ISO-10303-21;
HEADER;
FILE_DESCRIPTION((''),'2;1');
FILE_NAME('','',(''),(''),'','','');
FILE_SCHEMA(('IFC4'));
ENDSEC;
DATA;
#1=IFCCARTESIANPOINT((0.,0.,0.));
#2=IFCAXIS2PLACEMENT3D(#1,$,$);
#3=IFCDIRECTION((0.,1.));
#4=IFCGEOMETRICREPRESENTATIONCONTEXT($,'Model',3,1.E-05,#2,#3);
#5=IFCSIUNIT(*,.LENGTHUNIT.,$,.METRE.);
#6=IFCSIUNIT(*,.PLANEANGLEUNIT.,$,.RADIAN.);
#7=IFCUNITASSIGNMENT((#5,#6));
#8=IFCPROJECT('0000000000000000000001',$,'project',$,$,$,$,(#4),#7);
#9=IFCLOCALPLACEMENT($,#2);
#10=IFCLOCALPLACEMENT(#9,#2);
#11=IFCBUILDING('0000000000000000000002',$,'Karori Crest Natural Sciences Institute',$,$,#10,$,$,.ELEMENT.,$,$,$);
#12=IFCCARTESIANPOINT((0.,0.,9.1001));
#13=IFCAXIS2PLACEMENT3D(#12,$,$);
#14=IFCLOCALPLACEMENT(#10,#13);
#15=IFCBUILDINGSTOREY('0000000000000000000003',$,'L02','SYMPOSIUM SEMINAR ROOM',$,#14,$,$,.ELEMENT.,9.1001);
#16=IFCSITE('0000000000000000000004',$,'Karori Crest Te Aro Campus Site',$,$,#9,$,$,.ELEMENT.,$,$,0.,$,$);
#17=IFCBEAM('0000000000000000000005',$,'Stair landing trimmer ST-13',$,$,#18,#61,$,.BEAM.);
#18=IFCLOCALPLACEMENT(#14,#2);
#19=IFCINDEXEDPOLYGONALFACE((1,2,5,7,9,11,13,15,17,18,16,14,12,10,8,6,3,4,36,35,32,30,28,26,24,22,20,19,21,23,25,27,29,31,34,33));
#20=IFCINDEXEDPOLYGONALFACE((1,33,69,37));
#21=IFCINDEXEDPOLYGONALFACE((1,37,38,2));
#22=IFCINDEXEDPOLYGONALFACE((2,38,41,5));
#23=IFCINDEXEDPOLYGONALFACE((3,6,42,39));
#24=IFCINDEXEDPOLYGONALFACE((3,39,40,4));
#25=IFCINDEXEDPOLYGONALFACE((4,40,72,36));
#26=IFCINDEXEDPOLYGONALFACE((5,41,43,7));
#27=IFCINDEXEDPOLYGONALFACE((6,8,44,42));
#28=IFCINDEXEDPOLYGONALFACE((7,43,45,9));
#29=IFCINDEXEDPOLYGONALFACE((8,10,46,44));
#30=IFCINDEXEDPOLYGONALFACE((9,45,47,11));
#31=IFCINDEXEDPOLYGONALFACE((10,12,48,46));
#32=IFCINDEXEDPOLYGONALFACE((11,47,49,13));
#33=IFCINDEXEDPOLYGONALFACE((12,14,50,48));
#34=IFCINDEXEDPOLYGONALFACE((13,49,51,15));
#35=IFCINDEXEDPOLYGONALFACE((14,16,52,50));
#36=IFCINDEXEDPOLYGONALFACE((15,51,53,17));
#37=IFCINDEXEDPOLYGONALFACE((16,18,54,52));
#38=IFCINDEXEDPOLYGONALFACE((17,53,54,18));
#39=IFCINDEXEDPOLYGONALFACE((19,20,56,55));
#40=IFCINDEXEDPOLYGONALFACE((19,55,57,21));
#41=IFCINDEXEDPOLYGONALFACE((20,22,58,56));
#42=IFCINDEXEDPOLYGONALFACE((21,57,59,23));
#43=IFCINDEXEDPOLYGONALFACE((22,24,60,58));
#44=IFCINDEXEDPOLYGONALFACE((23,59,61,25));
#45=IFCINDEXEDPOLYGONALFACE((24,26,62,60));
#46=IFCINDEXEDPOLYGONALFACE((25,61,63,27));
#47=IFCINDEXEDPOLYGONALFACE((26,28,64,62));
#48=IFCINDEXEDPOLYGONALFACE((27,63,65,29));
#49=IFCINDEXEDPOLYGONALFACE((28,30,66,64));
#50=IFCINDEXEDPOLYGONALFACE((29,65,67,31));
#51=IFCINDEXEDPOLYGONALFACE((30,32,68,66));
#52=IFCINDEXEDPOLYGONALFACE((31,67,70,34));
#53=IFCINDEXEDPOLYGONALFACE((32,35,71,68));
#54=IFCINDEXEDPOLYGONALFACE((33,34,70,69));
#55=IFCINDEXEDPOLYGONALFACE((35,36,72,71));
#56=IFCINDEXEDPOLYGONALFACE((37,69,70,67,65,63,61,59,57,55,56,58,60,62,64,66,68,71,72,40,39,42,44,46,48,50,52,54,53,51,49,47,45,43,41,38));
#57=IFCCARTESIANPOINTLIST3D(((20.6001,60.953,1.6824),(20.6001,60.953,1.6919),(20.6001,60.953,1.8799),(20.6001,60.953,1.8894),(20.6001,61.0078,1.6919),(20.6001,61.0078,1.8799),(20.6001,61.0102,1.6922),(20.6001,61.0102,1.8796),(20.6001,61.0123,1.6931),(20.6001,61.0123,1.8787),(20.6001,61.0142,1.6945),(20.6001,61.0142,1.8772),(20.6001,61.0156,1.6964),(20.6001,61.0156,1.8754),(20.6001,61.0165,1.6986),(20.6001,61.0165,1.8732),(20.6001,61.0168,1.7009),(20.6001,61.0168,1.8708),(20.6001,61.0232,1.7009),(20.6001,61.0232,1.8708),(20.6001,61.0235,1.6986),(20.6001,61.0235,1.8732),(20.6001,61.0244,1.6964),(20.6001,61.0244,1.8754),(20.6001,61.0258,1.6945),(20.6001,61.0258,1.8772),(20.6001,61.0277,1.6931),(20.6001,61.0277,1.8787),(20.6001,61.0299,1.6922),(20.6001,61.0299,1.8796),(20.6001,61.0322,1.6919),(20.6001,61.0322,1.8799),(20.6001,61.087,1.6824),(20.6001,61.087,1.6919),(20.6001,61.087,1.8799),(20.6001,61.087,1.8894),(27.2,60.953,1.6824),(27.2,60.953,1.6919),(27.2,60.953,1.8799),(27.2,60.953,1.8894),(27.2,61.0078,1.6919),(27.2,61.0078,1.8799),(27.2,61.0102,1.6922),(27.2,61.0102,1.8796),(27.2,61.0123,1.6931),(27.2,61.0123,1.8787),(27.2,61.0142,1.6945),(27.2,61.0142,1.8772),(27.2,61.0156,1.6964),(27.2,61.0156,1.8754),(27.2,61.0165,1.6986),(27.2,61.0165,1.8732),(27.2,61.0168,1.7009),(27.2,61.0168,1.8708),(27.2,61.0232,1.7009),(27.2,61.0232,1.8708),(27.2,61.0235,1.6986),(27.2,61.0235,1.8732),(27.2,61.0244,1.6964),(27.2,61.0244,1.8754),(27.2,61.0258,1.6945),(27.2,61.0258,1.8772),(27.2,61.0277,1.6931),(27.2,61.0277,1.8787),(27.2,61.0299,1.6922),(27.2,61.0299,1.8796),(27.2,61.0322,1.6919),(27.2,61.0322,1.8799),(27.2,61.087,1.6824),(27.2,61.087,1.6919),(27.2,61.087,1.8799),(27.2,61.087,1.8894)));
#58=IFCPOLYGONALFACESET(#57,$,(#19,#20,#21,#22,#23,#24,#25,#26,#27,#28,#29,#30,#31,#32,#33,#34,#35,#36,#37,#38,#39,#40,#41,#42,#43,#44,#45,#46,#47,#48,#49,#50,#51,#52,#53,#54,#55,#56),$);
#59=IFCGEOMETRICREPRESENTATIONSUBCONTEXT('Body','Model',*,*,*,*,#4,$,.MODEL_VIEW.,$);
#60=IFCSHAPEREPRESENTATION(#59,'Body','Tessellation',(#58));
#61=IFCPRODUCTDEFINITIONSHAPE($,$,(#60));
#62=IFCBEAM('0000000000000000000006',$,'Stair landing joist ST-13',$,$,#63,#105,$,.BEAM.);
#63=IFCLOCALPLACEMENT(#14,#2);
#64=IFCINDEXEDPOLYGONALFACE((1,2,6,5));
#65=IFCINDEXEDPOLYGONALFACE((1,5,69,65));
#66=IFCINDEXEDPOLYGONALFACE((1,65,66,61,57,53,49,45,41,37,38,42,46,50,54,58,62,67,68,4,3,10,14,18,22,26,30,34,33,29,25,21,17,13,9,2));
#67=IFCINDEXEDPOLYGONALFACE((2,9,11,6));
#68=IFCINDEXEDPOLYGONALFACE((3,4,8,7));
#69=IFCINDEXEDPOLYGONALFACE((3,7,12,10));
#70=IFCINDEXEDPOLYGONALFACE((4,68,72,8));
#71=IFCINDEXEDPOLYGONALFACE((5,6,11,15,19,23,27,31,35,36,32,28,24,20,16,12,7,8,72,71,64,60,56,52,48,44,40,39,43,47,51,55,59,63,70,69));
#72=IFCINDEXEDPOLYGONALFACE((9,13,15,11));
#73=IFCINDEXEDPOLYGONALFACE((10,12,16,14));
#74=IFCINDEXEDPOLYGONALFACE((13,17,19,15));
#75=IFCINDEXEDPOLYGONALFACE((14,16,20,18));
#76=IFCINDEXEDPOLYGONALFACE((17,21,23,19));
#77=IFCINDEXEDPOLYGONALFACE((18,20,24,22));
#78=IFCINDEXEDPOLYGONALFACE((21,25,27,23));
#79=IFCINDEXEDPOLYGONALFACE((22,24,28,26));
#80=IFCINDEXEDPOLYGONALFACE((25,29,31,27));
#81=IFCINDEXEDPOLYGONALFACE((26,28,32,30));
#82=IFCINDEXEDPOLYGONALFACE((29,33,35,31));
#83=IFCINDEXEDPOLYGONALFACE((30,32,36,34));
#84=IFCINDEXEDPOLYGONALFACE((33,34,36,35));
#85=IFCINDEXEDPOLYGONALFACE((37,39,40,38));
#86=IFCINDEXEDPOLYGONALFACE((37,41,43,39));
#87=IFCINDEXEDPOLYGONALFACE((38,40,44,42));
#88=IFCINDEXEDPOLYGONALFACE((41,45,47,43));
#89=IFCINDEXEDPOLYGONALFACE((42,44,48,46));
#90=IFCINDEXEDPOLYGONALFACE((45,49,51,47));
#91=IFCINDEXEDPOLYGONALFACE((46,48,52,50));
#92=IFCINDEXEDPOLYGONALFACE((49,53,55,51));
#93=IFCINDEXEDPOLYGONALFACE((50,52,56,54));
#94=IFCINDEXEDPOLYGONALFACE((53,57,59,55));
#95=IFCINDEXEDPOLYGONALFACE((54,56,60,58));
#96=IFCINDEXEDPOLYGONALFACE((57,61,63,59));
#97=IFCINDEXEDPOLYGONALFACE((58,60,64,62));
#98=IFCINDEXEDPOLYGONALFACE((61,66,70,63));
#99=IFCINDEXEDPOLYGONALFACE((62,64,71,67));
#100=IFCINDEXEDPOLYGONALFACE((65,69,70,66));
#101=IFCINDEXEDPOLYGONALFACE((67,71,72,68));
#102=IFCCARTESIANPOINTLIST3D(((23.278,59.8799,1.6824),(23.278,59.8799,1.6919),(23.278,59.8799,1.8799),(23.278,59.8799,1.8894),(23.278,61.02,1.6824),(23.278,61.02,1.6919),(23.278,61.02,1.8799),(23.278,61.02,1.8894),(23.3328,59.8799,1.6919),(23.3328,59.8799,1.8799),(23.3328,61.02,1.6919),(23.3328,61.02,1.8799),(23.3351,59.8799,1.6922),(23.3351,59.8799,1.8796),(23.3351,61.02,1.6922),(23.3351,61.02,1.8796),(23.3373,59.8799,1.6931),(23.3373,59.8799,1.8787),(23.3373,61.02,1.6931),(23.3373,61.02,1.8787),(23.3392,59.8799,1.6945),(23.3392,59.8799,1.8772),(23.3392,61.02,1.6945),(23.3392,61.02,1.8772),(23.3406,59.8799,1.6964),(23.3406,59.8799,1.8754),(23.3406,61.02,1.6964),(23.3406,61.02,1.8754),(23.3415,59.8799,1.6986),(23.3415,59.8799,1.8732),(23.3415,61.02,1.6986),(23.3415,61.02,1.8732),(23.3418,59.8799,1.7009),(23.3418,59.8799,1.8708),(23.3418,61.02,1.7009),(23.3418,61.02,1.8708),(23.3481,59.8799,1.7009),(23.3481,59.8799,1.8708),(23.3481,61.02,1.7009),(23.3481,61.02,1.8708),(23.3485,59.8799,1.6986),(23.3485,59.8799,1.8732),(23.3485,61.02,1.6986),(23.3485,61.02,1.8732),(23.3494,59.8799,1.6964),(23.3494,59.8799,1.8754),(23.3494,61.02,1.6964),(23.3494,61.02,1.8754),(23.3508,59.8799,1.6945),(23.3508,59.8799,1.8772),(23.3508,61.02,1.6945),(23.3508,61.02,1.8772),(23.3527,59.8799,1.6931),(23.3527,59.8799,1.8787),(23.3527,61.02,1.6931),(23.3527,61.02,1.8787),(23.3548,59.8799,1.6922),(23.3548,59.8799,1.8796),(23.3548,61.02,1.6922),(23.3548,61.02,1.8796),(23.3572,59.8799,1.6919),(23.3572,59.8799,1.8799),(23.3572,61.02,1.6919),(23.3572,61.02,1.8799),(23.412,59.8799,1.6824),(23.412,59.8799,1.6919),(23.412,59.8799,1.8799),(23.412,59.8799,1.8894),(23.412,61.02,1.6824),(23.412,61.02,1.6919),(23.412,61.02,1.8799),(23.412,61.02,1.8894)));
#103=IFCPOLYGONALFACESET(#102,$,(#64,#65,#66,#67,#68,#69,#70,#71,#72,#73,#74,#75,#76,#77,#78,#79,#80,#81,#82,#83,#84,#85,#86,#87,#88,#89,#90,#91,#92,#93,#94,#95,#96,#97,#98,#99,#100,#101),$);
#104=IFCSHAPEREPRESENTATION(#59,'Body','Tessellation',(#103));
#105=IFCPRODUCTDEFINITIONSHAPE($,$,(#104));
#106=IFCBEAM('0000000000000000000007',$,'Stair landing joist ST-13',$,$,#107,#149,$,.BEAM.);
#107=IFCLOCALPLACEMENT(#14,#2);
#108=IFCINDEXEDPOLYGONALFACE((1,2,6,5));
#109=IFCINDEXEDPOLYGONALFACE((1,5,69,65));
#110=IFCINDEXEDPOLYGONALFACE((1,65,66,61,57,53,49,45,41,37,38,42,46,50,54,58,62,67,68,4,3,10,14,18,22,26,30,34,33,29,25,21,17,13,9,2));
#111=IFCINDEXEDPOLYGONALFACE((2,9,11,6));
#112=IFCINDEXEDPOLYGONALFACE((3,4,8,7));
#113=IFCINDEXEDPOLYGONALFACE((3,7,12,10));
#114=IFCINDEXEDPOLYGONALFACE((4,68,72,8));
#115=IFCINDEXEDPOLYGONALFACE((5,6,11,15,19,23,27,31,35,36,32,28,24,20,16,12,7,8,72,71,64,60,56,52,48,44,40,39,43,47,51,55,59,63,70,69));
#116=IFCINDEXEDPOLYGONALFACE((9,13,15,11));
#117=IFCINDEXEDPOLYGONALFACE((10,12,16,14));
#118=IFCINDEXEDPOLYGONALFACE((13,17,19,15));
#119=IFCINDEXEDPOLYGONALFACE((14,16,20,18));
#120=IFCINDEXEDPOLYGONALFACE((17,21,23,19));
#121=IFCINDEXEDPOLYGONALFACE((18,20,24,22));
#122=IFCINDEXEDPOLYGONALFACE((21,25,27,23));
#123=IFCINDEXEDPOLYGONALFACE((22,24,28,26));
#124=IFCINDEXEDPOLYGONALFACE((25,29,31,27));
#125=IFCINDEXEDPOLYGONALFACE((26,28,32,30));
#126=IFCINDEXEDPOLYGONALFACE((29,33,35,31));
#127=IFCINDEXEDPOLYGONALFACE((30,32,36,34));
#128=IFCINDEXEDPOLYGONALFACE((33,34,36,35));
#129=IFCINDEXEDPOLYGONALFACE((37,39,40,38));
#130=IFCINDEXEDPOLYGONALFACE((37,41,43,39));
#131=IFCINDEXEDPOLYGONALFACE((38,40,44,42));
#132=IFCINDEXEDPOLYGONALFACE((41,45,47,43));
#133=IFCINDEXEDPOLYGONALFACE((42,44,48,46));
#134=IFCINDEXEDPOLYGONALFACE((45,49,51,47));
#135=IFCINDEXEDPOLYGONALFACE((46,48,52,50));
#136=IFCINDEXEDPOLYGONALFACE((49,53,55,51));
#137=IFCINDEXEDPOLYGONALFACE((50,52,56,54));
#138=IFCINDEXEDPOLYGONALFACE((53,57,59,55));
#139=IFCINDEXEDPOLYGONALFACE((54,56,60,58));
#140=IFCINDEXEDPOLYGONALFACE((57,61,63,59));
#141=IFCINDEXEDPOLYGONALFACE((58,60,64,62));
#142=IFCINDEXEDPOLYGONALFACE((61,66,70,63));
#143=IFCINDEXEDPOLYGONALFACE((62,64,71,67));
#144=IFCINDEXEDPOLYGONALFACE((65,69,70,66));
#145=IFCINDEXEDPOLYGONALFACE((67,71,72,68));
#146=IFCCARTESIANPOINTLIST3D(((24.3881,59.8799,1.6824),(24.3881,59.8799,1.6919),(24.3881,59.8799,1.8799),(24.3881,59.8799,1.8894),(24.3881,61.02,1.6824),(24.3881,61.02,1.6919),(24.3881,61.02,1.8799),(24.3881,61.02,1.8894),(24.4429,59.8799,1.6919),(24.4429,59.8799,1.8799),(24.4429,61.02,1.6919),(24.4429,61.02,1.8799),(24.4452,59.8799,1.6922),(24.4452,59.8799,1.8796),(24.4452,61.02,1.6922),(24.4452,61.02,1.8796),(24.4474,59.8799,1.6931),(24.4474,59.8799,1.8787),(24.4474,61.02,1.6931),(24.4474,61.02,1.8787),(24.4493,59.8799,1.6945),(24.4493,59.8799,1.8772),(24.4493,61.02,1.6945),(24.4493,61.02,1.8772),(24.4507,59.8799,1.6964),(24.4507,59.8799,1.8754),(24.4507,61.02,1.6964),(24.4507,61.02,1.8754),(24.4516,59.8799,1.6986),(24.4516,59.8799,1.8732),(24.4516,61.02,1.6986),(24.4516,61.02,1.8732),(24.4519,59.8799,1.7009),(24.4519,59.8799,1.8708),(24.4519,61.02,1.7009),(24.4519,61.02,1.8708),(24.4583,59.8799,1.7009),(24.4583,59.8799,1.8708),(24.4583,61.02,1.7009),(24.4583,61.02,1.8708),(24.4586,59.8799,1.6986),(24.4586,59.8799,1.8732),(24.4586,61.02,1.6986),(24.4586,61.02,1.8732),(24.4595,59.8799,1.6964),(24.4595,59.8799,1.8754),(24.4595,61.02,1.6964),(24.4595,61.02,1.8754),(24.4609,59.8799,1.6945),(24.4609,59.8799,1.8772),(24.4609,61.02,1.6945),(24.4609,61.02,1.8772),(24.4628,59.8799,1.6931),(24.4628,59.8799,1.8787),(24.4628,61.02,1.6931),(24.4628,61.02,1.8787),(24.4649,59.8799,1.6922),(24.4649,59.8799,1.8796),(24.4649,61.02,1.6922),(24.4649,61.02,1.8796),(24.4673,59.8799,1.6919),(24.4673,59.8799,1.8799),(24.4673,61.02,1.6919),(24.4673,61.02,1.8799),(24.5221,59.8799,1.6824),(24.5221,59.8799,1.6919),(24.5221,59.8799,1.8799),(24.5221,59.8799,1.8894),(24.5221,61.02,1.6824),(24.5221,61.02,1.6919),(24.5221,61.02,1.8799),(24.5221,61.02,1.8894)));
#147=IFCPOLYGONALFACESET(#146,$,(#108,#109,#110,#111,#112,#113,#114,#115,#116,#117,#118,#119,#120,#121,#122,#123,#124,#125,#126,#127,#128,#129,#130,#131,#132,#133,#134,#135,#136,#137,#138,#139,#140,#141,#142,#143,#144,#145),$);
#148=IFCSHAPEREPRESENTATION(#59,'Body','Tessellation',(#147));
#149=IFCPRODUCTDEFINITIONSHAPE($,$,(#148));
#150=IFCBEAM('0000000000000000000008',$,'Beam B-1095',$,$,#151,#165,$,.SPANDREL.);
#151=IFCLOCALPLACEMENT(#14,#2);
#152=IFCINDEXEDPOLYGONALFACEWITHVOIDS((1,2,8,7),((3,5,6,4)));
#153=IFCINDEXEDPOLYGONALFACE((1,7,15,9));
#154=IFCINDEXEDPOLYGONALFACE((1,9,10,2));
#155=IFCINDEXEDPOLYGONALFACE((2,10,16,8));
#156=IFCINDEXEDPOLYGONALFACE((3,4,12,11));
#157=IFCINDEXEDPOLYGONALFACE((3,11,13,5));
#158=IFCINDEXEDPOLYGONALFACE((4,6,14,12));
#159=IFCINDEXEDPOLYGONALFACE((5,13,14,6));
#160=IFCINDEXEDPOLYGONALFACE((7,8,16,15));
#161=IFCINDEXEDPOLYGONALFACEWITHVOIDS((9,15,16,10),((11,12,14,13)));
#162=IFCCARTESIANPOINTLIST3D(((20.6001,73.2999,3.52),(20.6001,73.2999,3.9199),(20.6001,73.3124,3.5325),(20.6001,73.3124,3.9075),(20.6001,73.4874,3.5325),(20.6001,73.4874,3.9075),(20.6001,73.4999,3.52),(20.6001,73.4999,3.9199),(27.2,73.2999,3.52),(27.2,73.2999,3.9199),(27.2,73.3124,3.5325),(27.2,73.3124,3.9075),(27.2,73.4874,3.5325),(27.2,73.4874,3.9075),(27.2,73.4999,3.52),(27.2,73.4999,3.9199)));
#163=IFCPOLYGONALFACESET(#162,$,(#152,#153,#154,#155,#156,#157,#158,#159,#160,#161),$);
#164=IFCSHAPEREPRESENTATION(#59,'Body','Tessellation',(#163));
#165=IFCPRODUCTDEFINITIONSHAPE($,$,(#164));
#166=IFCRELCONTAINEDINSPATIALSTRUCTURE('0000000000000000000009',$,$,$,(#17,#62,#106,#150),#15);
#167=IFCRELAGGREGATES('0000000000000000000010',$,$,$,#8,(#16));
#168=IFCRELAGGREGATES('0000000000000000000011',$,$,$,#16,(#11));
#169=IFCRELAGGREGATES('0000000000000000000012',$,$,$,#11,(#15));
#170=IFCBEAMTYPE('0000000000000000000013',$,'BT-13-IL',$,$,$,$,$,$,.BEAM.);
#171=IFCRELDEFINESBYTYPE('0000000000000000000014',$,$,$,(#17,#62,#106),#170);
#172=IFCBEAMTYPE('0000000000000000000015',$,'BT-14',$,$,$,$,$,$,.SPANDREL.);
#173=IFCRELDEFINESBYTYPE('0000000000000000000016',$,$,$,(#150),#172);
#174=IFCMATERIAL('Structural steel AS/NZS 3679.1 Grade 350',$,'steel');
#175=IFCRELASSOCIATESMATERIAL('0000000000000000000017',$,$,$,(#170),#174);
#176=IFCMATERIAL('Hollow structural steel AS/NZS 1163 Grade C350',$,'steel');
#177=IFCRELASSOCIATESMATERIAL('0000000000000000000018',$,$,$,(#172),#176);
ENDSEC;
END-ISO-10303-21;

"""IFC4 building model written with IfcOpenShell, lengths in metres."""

from ifc_helpers import new_model, si_unit, direction, frame, origin, origin_2d, place, context, subcontext, project, spatial, hollow_rectangle, i_section, extrude, material, material_profile, profile_set, type_object, element, save


model = new_model("IFC4")

# Units and contexts
model_context = context("Model", 3, precision=1e-05, world=origin(), true_north=direction((0.0, 1.0)))
body_context = subcontext(model_context, "Body", "Model", "MODEL_VIEW")
ifc_project = project(units=[si_unit("LENGTHUNIT", "METRE"), si_unit("PLANEANGLEUNIT", "RADIAN")], contexts=[model_context])

# Site, building, storey
site_placement = place(None, origin())
site = spatial("IfcSite", under=ifc_project, at=site_placement, Name="Karori Crest Te Aro Campus Site", CompositionType="ELEMENT", RefElevation=0.0)
building_placement = place(site_placement, origin())
building = spatial("IfcBuilding", under=site, at=building_placement, Name="Karori Crest Natural Sciences Institute", CompositionType="ELEMENT")
storey_placement = place(building_placement, frame((0.0, 0.0, 9.1001)))
storey = spatial("IfcBuildingStorey", under=building, at=storey_placement, Name="L02", Description="SYMPOSIUM SEMINAR ROOM", CompositionType="ELEMENT", Elevation=9.1001)

# Shared definitions
ifc_material_1 = material(Name="Structural steel AS/NZS 3679.1 Grade 350", Category="steel")
ifc_material_2 = material(Name="Hollow structural steel AS/NZS 1163 Grade C350", Category="steel")

# Beams
ifc_material_profile_1 = material_profile(ifc_material_1, i_section(OverallWidth=0.134, OverallDepth=0.207, WebThickness=0.0063, FlangeThickness=0.0095, FilletRadius=0.009, at=origin_2d()), Name="200UB29.8")
ifc_profile_set_1 = profile_set([ifc_material_profile_1], Name="Structural steel AS/NZS 3679.1 Grade 350")
beam_type_1 = type_object("IfcBeamType", Name="BT-13-IL", PredefinedType="BEAM", material=ifc_profile_set_1)
beam_1_placement = place(storey_placement, frame((20.6001, 61.02, 1.7859), z_axis=(1.0, 0.0, 0.0), x_axis=(0.0, 1.0, 0.0)))
element("IfcBeam", 1, at=beam_1_placement, inside=storey, type_object=beam_type_1, Name="Stair landing trimmer ST-13", PredefinedType="BEAM", context=body_context, shape_type="SweptSolid", body=[
    extrude(i_section(OverallWidth=0.134, OverallDepth=0.207, WebThickness=0.0063, FlangeThickness=0.0095, FilletRadius=0.009, at=origin_2d()), origin(), (0.0, 0.0, 1.0), 6.5999),
])
for number, where, z_axis, x_axis, name in (
    (2, (23.345, 59.8799, 1.7859), (0.0, 1.0, 0.0), (-1.0, 0.0, 0.0), "Stair landing joist ST-13"),
    (3, (24.4551, 59.8799, 1.7859), (0.0, 1.0, 0.0), (-1.0, 0.0, 0.0), "Stair landing joist ST-13"),
):
    element("IfcBeam", number, at=place(storey_placement, frame(where, z_axis=z_axis, x_axis=x_axis)), inside=storey, type_object=beam_type_1, Name=name, PredefinedType="BEAM", context=body_context, shape_type="SweptSolid", body=[
        extrude(i_section(OverallWidth=0.134, OverallDepth=0.207, WebThickness=0.0063, FlangeThickness=0.0095, FilletRadius=0.009, at=origin_2d()), origin(), (0.0, 0.0, 1.0), 1.1401),
    ])
ifc_material_profile_2 = material_profile(ifc_material_2, hollow_rectangle(XDim=0.2, YDim=0.3999, WallThickness=0.0125, at=origin_2d()), Name="RHS400x200x12.5")
ifc_profile_set_2 = profile_set([ifc_material_profile_2], Name="Hollow structural steel AS/NZS 1163 Grade C350")
beam_type_2 = type_object("IfcBeamType", Name="BT-14", PredefinedType="SPANDREL", material=ifc_profile_set_2)
beam_2_placement = place(storey_placement, frame((20.6001, 73.3999, 3.72), z_axis=(1.0, 0.0, 0.0), x_axis=(0.0, 1.0, 0.0)))
element("IfcBeam", 4, at=beam_2_placement, inside=storey, type_object=beam_type_2, Name="Beam B-1095", PredefinedType="SPANDREL", context=body_context, shape_type="SweptSolid", body=[
    extrude(hollow_rectangle(XDim=0.2, YDim=0.3999, WallThickness=0.0125, at=origin_2d()), origin(), (0.0, 0.0, 1.0), 6.5999),
])

save(model, "model.ifc")
